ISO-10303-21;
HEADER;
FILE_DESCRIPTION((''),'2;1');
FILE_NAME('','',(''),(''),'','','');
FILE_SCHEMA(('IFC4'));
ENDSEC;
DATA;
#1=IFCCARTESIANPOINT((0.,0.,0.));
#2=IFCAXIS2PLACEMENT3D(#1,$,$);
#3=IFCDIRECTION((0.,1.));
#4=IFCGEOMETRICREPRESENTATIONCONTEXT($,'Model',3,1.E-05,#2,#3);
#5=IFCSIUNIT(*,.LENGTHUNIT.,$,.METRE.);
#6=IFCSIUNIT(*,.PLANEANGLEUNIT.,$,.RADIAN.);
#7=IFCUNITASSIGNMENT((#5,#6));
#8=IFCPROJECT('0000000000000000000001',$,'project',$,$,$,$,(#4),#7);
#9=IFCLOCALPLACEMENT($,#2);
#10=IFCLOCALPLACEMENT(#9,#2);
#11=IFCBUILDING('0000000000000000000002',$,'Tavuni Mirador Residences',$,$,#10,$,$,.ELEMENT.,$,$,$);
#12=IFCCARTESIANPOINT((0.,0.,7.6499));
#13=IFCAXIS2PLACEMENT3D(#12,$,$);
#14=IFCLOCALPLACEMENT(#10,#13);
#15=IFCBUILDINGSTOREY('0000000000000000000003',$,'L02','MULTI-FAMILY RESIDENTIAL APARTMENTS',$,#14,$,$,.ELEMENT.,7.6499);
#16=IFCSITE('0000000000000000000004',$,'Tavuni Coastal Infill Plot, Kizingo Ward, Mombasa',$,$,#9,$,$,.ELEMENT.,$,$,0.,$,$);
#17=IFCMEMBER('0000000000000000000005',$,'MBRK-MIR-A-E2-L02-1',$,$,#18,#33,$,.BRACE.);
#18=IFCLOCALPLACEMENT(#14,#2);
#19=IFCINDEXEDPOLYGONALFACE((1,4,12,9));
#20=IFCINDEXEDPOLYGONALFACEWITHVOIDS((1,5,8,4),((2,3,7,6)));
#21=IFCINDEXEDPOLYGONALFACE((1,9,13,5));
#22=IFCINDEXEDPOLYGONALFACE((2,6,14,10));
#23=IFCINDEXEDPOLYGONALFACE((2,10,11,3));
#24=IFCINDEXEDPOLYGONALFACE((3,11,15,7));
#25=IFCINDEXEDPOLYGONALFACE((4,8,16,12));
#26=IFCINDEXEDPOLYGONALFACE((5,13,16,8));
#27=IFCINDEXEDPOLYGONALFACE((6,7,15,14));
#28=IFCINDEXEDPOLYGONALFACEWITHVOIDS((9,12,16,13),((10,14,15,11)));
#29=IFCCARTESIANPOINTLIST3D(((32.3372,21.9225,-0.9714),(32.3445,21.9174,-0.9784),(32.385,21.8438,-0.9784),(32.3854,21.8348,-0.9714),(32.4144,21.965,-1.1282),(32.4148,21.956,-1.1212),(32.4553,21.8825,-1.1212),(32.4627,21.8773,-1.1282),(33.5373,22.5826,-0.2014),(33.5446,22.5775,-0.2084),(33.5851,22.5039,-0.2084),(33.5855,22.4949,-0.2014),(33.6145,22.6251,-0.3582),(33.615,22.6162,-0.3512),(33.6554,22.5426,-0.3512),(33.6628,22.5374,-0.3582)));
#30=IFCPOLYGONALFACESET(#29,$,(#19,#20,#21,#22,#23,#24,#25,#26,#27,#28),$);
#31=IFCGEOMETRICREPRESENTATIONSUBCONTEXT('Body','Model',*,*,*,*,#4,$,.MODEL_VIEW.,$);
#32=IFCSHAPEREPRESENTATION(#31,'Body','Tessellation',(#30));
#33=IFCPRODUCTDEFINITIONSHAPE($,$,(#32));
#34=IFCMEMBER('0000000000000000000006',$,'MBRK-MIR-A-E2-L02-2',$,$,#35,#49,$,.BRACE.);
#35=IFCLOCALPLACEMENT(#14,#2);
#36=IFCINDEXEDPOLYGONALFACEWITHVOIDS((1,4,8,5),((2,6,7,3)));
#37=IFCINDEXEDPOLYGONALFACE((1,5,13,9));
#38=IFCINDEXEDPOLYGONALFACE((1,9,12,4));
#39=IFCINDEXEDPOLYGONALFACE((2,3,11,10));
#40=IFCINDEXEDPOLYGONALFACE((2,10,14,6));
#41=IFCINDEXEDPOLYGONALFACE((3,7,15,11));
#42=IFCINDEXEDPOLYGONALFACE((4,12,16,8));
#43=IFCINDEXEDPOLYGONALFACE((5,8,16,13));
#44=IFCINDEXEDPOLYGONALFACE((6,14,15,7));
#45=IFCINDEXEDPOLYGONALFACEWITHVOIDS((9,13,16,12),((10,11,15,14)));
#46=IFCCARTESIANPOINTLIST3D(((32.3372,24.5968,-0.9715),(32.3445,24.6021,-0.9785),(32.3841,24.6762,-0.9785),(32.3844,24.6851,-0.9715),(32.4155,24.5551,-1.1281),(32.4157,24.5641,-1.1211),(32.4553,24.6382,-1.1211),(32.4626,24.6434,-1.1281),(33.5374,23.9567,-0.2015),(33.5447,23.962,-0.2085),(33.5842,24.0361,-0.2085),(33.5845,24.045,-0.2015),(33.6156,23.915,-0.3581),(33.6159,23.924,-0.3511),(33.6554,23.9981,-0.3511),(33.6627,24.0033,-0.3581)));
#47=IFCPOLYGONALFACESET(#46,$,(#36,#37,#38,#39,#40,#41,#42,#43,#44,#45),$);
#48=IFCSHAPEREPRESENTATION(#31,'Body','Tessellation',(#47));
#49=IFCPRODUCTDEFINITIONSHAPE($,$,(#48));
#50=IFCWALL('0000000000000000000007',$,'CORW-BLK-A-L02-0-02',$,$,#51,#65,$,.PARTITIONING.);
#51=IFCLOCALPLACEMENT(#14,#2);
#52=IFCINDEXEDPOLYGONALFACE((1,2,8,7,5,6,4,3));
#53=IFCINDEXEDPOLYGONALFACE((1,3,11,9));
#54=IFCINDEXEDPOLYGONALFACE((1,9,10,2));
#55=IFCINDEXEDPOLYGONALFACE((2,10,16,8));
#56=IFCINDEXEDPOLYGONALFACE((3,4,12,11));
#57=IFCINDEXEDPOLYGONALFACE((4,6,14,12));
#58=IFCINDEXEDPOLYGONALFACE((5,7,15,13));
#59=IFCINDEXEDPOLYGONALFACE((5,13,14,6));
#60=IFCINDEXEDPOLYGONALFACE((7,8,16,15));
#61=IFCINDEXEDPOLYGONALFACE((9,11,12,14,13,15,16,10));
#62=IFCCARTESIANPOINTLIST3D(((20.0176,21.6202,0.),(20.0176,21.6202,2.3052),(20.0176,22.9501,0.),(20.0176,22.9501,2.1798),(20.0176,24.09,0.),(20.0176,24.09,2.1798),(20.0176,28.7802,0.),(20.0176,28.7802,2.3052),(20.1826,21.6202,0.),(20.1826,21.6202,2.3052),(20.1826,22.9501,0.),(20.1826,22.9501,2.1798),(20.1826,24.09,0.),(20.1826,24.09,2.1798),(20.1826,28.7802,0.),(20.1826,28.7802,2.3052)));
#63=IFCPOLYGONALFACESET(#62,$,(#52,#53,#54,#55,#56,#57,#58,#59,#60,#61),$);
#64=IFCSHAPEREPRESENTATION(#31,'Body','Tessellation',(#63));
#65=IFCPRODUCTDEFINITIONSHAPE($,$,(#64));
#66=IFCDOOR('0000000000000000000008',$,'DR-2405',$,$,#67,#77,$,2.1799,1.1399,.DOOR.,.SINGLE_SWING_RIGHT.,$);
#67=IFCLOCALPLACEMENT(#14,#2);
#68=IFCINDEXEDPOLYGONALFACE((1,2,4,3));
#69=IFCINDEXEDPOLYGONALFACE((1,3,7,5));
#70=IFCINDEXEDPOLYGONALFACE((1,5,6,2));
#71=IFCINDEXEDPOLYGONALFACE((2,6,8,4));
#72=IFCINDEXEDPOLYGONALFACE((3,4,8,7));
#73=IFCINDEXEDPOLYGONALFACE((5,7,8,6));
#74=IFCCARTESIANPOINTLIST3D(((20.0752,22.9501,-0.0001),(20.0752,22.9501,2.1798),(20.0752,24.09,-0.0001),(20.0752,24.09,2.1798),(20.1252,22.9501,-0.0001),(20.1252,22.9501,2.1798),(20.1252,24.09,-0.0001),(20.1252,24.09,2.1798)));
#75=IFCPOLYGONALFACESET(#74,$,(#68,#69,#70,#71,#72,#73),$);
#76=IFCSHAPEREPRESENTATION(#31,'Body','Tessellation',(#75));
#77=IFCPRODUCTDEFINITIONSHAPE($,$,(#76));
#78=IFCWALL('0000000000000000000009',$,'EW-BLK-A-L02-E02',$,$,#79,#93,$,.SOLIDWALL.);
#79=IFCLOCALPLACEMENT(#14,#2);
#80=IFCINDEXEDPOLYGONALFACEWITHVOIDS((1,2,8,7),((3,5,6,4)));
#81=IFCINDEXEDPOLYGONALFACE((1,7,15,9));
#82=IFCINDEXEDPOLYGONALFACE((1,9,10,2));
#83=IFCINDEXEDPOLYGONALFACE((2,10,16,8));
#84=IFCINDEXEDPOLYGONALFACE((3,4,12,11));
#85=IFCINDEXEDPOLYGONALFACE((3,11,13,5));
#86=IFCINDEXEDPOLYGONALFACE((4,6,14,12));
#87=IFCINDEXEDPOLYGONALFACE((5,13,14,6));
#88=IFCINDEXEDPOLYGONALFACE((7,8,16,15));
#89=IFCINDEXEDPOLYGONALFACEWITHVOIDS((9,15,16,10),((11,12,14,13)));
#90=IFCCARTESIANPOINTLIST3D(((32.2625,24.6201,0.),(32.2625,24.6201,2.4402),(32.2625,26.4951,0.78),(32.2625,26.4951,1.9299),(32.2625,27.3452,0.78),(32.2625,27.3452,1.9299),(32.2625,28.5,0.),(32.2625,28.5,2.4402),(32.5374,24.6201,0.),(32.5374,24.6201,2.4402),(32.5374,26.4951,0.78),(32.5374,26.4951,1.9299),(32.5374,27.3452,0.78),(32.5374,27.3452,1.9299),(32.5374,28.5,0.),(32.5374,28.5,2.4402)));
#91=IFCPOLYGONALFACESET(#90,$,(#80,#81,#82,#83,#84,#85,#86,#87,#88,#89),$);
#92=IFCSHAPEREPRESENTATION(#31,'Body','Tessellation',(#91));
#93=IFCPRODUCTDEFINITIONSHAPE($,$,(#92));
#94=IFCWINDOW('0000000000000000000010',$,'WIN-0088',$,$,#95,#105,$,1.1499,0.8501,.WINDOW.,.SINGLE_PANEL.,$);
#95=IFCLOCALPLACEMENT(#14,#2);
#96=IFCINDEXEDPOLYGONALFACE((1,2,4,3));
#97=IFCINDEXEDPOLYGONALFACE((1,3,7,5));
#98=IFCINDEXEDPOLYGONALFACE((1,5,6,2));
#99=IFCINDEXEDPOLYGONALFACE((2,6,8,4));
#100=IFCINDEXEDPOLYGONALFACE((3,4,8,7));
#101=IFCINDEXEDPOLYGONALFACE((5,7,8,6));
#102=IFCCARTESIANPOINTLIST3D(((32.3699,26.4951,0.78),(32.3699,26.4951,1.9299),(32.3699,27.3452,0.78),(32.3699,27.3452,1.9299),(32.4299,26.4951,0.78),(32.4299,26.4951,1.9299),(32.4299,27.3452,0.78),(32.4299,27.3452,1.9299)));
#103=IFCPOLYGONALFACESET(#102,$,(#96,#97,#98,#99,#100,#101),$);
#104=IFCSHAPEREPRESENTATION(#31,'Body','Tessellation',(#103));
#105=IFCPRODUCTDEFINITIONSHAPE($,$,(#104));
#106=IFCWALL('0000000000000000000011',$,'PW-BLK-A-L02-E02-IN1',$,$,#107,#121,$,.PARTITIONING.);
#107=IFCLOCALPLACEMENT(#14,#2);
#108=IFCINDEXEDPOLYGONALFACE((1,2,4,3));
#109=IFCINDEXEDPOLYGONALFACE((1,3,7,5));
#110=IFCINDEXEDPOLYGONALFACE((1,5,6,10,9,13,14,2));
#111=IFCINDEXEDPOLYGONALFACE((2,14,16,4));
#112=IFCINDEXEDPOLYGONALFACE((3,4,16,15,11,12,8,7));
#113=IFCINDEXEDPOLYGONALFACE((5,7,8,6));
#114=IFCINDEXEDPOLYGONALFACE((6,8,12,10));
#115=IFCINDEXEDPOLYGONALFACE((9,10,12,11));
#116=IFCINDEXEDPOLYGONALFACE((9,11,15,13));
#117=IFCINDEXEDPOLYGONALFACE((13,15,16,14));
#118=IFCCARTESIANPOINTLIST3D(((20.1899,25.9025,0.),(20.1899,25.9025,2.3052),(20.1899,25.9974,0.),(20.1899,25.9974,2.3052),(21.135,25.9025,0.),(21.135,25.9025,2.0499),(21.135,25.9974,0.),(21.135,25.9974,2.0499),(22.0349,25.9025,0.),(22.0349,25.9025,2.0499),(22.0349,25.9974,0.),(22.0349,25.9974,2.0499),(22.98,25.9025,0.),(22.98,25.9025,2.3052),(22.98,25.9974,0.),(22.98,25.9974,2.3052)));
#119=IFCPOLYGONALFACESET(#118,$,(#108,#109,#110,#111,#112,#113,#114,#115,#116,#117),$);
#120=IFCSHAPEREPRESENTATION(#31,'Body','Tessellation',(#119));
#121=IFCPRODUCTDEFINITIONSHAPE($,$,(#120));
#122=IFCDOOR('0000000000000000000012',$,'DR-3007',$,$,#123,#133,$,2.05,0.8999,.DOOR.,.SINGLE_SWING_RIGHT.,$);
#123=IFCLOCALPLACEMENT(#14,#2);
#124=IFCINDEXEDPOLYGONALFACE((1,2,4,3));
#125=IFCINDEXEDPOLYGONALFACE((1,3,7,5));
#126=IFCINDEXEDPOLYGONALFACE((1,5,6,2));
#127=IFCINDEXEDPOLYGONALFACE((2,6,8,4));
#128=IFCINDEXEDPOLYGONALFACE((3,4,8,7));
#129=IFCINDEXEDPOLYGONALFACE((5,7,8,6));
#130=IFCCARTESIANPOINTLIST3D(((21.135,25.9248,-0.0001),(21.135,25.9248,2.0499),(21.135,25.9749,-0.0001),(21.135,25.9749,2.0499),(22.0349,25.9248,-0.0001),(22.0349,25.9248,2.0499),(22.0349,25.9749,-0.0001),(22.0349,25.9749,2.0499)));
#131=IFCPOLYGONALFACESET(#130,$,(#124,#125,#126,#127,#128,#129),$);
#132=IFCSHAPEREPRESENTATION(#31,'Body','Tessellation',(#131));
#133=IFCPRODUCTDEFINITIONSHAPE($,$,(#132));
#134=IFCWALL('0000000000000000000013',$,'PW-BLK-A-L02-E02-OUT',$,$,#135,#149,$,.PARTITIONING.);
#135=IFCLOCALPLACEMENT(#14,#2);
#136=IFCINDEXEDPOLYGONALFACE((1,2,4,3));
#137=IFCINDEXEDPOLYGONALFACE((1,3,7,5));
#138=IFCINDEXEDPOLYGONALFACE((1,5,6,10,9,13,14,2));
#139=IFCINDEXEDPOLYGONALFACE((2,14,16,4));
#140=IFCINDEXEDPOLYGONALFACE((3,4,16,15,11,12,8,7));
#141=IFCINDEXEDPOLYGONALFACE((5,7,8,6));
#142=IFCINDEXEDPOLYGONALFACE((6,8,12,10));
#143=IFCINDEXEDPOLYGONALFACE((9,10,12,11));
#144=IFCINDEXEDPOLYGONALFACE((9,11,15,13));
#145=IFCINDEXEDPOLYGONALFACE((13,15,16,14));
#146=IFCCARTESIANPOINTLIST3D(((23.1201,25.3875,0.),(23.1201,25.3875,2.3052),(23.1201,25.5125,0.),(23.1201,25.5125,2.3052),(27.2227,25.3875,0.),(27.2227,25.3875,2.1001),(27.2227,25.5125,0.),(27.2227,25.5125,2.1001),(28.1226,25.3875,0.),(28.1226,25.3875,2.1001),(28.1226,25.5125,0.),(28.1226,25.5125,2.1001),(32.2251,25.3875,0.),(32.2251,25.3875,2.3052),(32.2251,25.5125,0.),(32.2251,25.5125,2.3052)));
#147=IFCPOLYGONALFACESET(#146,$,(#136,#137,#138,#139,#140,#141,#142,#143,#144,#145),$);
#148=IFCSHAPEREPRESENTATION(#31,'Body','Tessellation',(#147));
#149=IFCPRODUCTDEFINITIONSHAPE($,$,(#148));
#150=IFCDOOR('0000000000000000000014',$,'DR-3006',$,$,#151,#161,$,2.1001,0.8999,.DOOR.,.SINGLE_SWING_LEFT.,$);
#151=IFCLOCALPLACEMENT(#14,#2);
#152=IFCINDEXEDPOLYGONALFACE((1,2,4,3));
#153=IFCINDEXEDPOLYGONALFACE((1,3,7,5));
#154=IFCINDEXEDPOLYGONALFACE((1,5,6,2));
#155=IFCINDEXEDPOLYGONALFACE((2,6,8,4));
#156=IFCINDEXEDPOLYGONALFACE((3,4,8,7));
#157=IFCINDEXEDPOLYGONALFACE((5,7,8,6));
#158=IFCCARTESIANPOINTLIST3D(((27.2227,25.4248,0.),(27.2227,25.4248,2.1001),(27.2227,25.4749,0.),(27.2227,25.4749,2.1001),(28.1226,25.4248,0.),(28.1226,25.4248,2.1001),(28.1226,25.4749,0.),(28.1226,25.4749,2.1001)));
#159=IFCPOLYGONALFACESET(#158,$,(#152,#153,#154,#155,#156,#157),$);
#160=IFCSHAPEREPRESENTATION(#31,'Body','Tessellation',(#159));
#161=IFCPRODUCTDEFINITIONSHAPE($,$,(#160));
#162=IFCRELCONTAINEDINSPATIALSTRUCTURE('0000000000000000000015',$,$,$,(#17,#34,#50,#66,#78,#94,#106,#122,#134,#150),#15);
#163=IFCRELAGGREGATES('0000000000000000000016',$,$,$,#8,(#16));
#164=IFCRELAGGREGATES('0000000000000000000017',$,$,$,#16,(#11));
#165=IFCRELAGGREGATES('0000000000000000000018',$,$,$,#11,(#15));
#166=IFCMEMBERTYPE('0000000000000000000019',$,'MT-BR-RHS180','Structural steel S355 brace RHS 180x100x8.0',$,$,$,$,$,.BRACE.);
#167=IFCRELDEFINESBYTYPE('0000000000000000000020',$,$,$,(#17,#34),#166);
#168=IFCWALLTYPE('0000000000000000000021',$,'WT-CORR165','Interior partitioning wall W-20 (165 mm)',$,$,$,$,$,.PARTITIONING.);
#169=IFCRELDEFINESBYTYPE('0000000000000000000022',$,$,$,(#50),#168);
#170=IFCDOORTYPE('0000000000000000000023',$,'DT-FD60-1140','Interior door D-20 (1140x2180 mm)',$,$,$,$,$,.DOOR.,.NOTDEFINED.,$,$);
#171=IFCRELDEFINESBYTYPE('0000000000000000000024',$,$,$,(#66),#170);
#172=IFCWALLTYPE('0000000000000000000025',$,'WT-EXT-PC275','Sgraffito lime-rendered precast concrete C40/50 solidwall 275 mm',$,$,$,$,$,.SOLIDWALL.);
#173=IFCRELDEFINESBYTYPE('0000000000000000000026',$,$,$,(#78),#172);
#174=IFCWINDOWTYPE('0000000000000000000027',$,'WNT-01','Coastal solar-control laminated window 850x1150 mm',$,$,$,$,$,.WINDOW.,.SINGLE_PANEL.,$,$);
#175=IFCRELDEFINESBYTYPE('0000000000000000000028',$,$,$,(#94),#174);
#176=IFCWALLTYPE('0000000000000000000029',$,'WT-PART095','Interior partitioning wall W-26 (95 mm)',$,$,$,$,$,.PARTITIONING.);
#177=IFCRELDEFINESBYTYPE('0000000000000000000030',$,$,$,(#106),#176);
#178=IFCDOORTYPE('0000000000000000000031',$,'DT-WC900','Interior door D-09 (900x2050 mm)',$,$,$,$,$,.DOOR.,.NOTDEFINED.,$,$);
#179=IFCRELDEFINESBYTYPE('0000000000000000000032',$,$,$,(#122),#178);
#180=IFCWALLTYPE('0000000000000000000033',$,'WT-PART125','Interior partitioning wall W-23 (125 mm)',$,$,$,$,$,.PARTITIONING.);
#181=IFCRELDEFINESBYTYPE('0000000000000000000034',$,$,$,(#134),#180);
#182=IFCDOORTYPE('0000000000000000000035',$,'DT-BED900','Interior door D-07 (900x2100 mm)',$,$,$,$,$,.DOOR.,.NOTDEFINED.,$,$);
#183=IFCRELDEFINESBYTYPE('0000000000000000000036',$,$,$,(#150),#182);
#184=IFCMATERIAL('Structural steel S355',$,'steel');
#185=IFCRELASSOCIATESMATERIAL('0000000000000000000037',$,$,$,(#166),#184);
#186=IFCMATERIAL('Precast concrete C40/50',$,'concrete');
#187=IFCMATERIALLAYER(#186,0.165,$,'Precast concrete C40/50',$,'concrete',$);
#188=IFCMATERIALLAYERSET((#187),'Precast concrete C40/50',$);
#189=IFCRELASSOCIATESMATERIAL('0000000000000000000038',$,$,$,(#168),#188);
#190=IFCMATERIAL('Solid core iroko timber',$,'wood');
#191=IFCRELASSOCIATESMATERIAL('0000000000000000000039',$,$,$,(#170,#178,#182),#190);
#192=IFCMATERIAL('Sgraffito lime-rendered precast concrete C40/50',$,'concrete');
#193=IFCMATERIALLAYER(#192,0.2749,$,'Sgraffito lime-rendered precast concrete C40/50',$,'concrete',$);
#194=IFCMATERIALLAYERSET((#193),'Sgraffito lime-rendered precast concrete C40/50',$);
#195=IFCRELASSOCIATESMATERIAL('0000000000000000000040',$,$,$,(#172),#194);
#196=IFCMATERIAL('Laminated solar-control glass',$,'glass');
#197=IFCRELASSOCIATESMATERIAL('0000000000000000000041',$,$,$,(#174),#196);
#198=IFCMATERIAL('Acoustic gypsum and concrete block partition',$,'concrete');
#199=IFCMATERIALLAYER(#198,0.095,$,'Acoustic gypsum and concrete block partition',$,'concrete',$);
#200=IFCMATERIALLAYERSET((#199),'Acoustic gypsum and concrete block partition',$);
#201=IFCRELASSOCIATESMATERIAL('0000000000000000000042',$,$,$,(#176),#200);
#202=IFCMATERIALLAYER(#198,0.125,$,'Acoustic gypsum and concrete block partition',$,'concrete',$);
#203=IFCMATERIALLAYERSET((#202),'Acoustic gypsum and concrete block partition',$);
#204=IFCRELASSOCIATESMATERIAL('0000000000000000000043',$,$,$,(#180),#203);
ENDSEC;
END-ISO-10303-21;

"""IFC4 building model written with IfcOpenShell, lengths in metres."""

from ifc_helpers import new_model, si_unit, direction, frame, frame_2d, origin, origin_2d, place, context, subcontext, project, spatial, rectangle, hollow_rectangle, extrude, material, layer, layer_set, material_profile, profile_set, type_object, element, fill, save


model = new_model("IFC4")

# Units and contexts
model_context = context("Model", 3, precision=1e-05, world=origin(), true_north=direction((0.0, 1.0)))
body_context = subcontext(model_context, "Body", "Model", "MODEL_VIEW")
ifc_project = project(units=[si_unit("LENGTHUNIT", "METRE"), si_unit("PLANEANGLEUNIT", "RADIAN")], contexts=[model_context])

# Site, building, storey
site_placement = place(None, origin())
site = spatial("IfcSite", under=ifc_project, at=site_placement, Name="Tavuni Coastal Infill Plot, Kizingo Ward, Mombasa", CompositionType="ELEMENT", RefElevation=0.0)
building_placement = place(site_placement, origin())
building = spatial("IfcBuilding", under=site, at=building_placement, Name="Tavuni Mirador Residences", CompositionType="ELEMENT")
storey_placement = place(building_placement, frame((0.0, 0.0, 7.6499)))
storey = spatial("IfcBuildingStorey", under=building, at=storey_placement, Name="L02", Description="MULTI-FAMILY RESIDENTIAL APARTMENTS", CompositionType="ELEMENT", Elevation=7.6499)

# Shared definitions
ifc_material_1 = material(Name="Precast concrete C40/50", Category="concrete")

# Members
ifc_material_2 = material(Name="Structural steel S355", Category="steel")
ifc_material_profile_1 = material_profile(ifc_material_2, hollow_rectangle(XDim=0.1001, YDim=0.1799, WallThickness=0.0081, at=origin_2d()), Name="RHS 180x100x8.0", Category="steel")
ifc_profile_set_1 = profile_set([ifc_material_profile_1], Name="Structural steel S355")
member_type_1 = type_object("IfcMemberType", Name="MT-BR-RHS180", Description="Structural steel S355 brace RHS 180x100x8.0", PredefinedType="BRACE", material=ifc_profile_set_1)
member_1_placement = place(storey_placement, frame((32.3999, 21.8999, -1.0498), z_axis=(0.763789, 0.420115, 0.490031), x_axis=(-0.481946, 0.876201, 0.0)))
element("IfcMember", 1, at=member_1_placement, inside=storey, type_object=member_type_1, Name="MBRK-MIR-A-E2-L02-1", PredefinedType="BRACE", context=body_context, shape_type="SweptSolid", body=[
    extrude(hollow_rectangle(XDim=0.1001, YDim=0.1799, WallThickness=0.0081, at=origin_2d()), origin(), (0.0, 0.0, 1.0), 1.5713),
])
member_2_placement = place(storey_placement, frame((32.3999, 24.6201, -1.0498), z_axis=(0.767847, -0.409539, 0.492634), x_axis=(0.470607, 0.882343, 0.0)))
element("IfcMember", 2, at=member_2_placement, inside=storey, type_object=member_type_1, Name="MBRK-MIR-A-E2-L02-2", PredefinedType="BRACE", context=body_context, shape_type="SweptSolid", body=[
    extrude(hollow_rectangle(XDim=0.1001, YDim=0.1799, WallThickness=0.0081, at=origin_2d()), origin(), (0.0, 0.0, 1.0), 1.563),
])

# Wall, opening, door
ifc_layer_1 = layer(ifc_material_1, 0.165, Name="Precast concrete C40/50", Category="concrete")
ifc_layer_set_1 = layer_set([ifc_layer_1], Name="Precast concrete C40/50")
wall_type_1 = type_object("IfcWallType", Name="WT-CORR165", Description="Interior partitioning wall W-20 (165 mm)", PredefinedType="PARTITIONING", material=ifc_layer_set_1)
wall_1_placement = place(storey_placement, frame((20.1001, 21.6201, 0.0), z_axis=(0.0, 0.0, 1.0), x_axis=(0.0, 1.0, 0.0)))
wall_1 = element("IfcWall", 3, at=wall_1_placement, inside=storey, type_object=wall_type_1, Name="CORW-BLK-A-L02-0-02", PredefinedType="PARTITIONING", context=body_context, shape_type="SweptSolid", body=[
    extrude(rectangle(XDim=7.1599, YDim=0.165, at=frame_2d((3.5801, 0.0))), origin(), (0.0, 0.0, 1.0), 2.3052),
])
opening_1_placement = place(wall_1_placement, frame((1.3301, 0.0, 0.0)))
opening_1 = element("IfcOpeningElement", 4, at=opening_1_placement, cuts=wall_1, PredefinedType="OPENING", context=body_context, shape_type="SweptSolid", body=[
    extrude(rectangle(XDim=1.1399, YDim=2.1799, at=frame_2d((0.5698, 1.0898))), frame((0.0, 0.0925, 0.0), z_axis=(0.0, -1.0, 0.0), x_axis=(1.0, 0.0, 0.0)), (0.0, 0.0, 1.0), 0.1851),
])
ifc_material_3 = material(Name="Solid core iroko timber", Category="wood")
door_type_1 = type_object("IfcDoorType", Name="DT-FD60-1140", Description="Interior door D-20 (1140x2180 mm)", OperationType="NOTDEFINED", PredefinedType="DOOR", material=ifc_material_3)
door_1_placement = place(opening_1_placement, origin())
door_1 = element("IfcDoor", 5, at=door_1_placement, inside=storey, type_object=door_type_1, Name="DR-2405", OperationType="SINGLE_SWING_RIGHT", OverallHeight=2.1799, OverallWidth=1.1399, PredefinedType="DOOR", context=body_context, shape_type="SweptSolid", body=[
    extrude(rectangle(XDim=1.1399, YDim=2.1799, at=frame_2d((0.5698, 1.0898))), frame((0.0, 0.0249, 0.0), z_axis=(0.0, -1.0, 0.0), x_axis=(1.0, 0.0, 0.0)), (0.0, 0.0, 1.0), 0.05),
])
fill(opening_1, door_1)

# Wall, opening, window
ifc_material_4 = material(Name="Sgraffito lime-rendered precast concrete C40/50", Category="concrete")
ifc_layer_2 = layer(ifc_material_4, 0.2749, Name="Sgraffito lime-rendered precast concrete C40/50", Category="concrete")
ifc_layer_set_2 = layer_set([ifc_layer_2], Name="Sgraffito lime-rendered precast concrete C40/50")
wall_type_2 = type_object("IfcWallType", Name="WT-EXT-PC275", Description="Sgraffito lime-rendered precast concrete C40/50 solidwall 275 mm", PredefinedType="SOLIDWALL", material=ifc_layer_set_2)
wall_2_placement = place(storey_placement, frame((32.3999, 24.6201, 0.0), z_axis=(0.0, 0.0, 1.0), x_axis=(0.0, 1.0, 0.0)))
wall_2 = element("IfcWall", 6, at=wall_2_placement, inside=storey, type_object=wall_type_2, Name="EW-BLK-A-L02-E02", PredefinedType="SOLIDWALL", context=body_context, shape_type="SweptSolid", body=[
    extrude(rectangle(XDim=3.8799, YDim=0.2749, at=frame_2d((1.9399, 0.0))), origin(), (0.0, 0.0, 1.0), 2.4402),
])
opening_2_placement = place(wall_2_placement, frame((1.875, 0.0, 0.78)))
opening_2 = element("IfcOpeningElement", 7, at=opening_2_placement, cuts=wall_2, PredefinedType="OPENING", context=body_context, shape_type="SweptSolid", body=[
    extrude(rectangle(XDim=0.8501, YDim=1.1499, at=frame_2d((0.425, 0.575))), frame((0.0, 0.1475, 0.0), z_axis=(0.0, -1.0, 0.0), x_axis=(1.0, 0.0, 0.0)), (0.0, 0.0, 1.0), 0.2949),
])
ifc_material_5 = material(Name="Laminated solar-control glass", Category="glass")
window_type = type_object("IfcWindowType", Name="WNT-01", Description="Coastal solar-control laminated window 850x1150 mm", PartitioningType="SINGLE_PANEL", PredefinedType="WINDOW", material=ifc_material_5)
window_placement = place(opening_2_placement, origin())
window = element("IfcWindow", 8, at=window_placement, inside=storey, type_object=window_type, Name="WIN-0088", OverallHeight=1.1499, OverallWidth=0.8501, PartitioningType="SINGLE_PANEL", PredefinedType="WINDOW", context=body_context, shape_type="SweptSolid", body=[
    extrude(rectangle(XDim=0.8501, YDim=1.1499, at=frame_2d((0.425, 0.575))), frame((0.0, 0.03, 0.0), z_axis=(0.0, -1.0, 0.0), x_axis=(1.0, 0.0, 0.0)), (0.0, 0.0, 1.0), 0.0601),
])
fill(opening_2, window)

# Walls, openings, doors
ifc_material_6 = material(Name="Acoustic gypsum and concrete block partition", Category="concrete")
ifc_layer_3 = layer(ifc_material_6, 0.095, Name="Acoustic gypsum and concrete block partition", Category="concrete")
ifc_layer_set_3 = layer_set([ifc_layer_3], Name="Acoustic gypsum and concrete block partition")
wall_type_3 = type_object("IfcWallType", Name="WT-PART095", Description="Interior partitioning wall W-26 (95 mm)", PredefinedType="PARTITIONING", material=ifc_layer_set_3)
wall_3_placement = place(storey_placement, frame((20.1899, 25.95, 0.0), z_axis=(0.0, 0.0, 1.0), x_axis=(1.0, 0.0, 0.0)))
wall_3 = element("IfcWall", 9, at=wall_3_placement, inside=storey, type_object=wall_type_3, Name="PW-BLK-A-L02-E02-IN1", PredefinedType="PARTITIONING", context=body_context, shape_type="SweptSolid", body=[
    extrude(rectangle(XDim=2.79, YDim=0.095, at=frame_2d((1.395, 0.0))), origin(), (0.0, 0.0, 1.0), 2.3052),
])
opening_3_placement = place(wall_3_placement, frame((0.9451, 0.0, 0.0)))
opening_3 = element("IfcOpeningElement", 10, at=opening_3_placement, cuts=wall_3, PredefinedType="OPENING", context=body_context, shape_type="SweptSolid", body=[
    extrude(rectangle(XDim=0.8999, YDim=2.05, at=frame_2d((0.45, 1.0249))), frame((0.0, 0.0576, 0.0), z_axis=(0.0, -1.0, 0.0), x_axis=(1.0, 0.0, 0.0)), (0.0, 0.0, 1.0), 0.115),
])
door_type_2 = type_object("IfcDoorType", Name="DT-WC900", Description="Interior door D-09 (900x2050 mm)", OperationType="NOTDEFINED", PredefinedType="DOOR", material=ifc_material_3)
door_2_placement = place(opening_3_placement, origin())
door_2 = element("IfcDoor", 11, at=door_2_placement, inside=storey, type_object=door_type_2, Name="DR-3007", OperationType="SINGLE_SWING_RIGHT", OverallHeight=2.05, OverallWidth=0.8999, PredefinedType="DOOR", context=body_context, shape_type="SweptSolid", body=[
    extrude(rectangle(XDim=0.8999, YDim=2.05, at=frame_2d((0.45, 1.0249))), frame((0.0, 0.0249, 0.0), z_axis=(0.0, -1.0, 0.0), x_axis=(1.0, 0.0, 0.0)), (0.0, 0.0, 1.0), 0.05),
])
fill(opening_3, door_2)
ifc_layer_4 = layer(ifc_material_6, 0.125, Name="Acoustic gypsum and concrete block partition", Category="concrete")
ifc_layer_set_4 = layer_set([ifc_layer_4], Name="Acoustic gypsum and concrete block partition")
wall_type_4 = type_object("IfcWallType", Name="WT-PART125", Description="Interior partitioning wall W-23 (125 mm)", PredefinedType="PARTITIONING", material=ifc_layer_set_4)
wall_4_placement = place(storey_placement, frame((23.1201, 25.45, 0.0), z_axis=(0.0, 0.0, 1.0), x_axis=(1.0, 0.0, 0.0)))
wall_4 = element("IfcWall", 12, at=wall_4_placement, inside=storey, type_object=wall_type_4, Name="PW-BLK-A-L02-E02-OUT", PredefinedType="PARTITIONING", context=body_context, shape_type="SweptSolid", body=[
    extrude(rectangle(XDim=9.105, YDim=0.125, at=frame_2d((4.5525, 0.0))), origin(), (0.0, 0.0, 1.0), 2.3052),
])
opening_4_placement = place(wall_4_placement, frame((4.1025, 0.0, 0.0)))
opening_4 = element("IfcOpeningElement", 13, at=opening_4_placement, cuts=wall_4, PredefinedType="OPENING", context=body_context, shape_type="SweptSolid", body=[
    extrude(rectangle(XDim=0.8999, YDim=2.1001, at=frame_2d((0.45, 1.05))), frame((0.0, 0.0725, 0.0), z_axis=(0.0, -1.0, 0.0), x_axis=(1.0, 0.0, 0.0)), (0.0, 0.0, 1.0), 0.145),
])
door_type_3 = type_object("IfcDoorType", Name="DT-BED900", Description="Interior door D-07 (900x2100 mm)", OperationType="NOTDEFINED", PredefinedType="DOOR", material=ifc_material_3)
door_3_placement = place(opening_4_placement, origin())
door_3 = element("IfcDoor", 14, at=door_3_placement, inside=storey, type_object=door_type_3, Name="DR-3006", OperationType="SINGLE_SWING_LEFT", OverallHeight=2.1001, OverallWidth=0.8999, PredefinedType="DOOR", context=body_context, shape_type="SweptSolid", body=[
    extrude(rectangle(XDim=0.8999, YDim=2.1001, at=frame_2d((0.45, 1.05))), frame((0.0, 0.0249, 0.0), z_axis=(0.0, -1.0, 0.0), x_axis=(1.0, 0.0, 0.0)), (0.0, 0.0, 1.0), 0.05),
])
fill(opening_4, door_3)

save(model, "model.ifc")
